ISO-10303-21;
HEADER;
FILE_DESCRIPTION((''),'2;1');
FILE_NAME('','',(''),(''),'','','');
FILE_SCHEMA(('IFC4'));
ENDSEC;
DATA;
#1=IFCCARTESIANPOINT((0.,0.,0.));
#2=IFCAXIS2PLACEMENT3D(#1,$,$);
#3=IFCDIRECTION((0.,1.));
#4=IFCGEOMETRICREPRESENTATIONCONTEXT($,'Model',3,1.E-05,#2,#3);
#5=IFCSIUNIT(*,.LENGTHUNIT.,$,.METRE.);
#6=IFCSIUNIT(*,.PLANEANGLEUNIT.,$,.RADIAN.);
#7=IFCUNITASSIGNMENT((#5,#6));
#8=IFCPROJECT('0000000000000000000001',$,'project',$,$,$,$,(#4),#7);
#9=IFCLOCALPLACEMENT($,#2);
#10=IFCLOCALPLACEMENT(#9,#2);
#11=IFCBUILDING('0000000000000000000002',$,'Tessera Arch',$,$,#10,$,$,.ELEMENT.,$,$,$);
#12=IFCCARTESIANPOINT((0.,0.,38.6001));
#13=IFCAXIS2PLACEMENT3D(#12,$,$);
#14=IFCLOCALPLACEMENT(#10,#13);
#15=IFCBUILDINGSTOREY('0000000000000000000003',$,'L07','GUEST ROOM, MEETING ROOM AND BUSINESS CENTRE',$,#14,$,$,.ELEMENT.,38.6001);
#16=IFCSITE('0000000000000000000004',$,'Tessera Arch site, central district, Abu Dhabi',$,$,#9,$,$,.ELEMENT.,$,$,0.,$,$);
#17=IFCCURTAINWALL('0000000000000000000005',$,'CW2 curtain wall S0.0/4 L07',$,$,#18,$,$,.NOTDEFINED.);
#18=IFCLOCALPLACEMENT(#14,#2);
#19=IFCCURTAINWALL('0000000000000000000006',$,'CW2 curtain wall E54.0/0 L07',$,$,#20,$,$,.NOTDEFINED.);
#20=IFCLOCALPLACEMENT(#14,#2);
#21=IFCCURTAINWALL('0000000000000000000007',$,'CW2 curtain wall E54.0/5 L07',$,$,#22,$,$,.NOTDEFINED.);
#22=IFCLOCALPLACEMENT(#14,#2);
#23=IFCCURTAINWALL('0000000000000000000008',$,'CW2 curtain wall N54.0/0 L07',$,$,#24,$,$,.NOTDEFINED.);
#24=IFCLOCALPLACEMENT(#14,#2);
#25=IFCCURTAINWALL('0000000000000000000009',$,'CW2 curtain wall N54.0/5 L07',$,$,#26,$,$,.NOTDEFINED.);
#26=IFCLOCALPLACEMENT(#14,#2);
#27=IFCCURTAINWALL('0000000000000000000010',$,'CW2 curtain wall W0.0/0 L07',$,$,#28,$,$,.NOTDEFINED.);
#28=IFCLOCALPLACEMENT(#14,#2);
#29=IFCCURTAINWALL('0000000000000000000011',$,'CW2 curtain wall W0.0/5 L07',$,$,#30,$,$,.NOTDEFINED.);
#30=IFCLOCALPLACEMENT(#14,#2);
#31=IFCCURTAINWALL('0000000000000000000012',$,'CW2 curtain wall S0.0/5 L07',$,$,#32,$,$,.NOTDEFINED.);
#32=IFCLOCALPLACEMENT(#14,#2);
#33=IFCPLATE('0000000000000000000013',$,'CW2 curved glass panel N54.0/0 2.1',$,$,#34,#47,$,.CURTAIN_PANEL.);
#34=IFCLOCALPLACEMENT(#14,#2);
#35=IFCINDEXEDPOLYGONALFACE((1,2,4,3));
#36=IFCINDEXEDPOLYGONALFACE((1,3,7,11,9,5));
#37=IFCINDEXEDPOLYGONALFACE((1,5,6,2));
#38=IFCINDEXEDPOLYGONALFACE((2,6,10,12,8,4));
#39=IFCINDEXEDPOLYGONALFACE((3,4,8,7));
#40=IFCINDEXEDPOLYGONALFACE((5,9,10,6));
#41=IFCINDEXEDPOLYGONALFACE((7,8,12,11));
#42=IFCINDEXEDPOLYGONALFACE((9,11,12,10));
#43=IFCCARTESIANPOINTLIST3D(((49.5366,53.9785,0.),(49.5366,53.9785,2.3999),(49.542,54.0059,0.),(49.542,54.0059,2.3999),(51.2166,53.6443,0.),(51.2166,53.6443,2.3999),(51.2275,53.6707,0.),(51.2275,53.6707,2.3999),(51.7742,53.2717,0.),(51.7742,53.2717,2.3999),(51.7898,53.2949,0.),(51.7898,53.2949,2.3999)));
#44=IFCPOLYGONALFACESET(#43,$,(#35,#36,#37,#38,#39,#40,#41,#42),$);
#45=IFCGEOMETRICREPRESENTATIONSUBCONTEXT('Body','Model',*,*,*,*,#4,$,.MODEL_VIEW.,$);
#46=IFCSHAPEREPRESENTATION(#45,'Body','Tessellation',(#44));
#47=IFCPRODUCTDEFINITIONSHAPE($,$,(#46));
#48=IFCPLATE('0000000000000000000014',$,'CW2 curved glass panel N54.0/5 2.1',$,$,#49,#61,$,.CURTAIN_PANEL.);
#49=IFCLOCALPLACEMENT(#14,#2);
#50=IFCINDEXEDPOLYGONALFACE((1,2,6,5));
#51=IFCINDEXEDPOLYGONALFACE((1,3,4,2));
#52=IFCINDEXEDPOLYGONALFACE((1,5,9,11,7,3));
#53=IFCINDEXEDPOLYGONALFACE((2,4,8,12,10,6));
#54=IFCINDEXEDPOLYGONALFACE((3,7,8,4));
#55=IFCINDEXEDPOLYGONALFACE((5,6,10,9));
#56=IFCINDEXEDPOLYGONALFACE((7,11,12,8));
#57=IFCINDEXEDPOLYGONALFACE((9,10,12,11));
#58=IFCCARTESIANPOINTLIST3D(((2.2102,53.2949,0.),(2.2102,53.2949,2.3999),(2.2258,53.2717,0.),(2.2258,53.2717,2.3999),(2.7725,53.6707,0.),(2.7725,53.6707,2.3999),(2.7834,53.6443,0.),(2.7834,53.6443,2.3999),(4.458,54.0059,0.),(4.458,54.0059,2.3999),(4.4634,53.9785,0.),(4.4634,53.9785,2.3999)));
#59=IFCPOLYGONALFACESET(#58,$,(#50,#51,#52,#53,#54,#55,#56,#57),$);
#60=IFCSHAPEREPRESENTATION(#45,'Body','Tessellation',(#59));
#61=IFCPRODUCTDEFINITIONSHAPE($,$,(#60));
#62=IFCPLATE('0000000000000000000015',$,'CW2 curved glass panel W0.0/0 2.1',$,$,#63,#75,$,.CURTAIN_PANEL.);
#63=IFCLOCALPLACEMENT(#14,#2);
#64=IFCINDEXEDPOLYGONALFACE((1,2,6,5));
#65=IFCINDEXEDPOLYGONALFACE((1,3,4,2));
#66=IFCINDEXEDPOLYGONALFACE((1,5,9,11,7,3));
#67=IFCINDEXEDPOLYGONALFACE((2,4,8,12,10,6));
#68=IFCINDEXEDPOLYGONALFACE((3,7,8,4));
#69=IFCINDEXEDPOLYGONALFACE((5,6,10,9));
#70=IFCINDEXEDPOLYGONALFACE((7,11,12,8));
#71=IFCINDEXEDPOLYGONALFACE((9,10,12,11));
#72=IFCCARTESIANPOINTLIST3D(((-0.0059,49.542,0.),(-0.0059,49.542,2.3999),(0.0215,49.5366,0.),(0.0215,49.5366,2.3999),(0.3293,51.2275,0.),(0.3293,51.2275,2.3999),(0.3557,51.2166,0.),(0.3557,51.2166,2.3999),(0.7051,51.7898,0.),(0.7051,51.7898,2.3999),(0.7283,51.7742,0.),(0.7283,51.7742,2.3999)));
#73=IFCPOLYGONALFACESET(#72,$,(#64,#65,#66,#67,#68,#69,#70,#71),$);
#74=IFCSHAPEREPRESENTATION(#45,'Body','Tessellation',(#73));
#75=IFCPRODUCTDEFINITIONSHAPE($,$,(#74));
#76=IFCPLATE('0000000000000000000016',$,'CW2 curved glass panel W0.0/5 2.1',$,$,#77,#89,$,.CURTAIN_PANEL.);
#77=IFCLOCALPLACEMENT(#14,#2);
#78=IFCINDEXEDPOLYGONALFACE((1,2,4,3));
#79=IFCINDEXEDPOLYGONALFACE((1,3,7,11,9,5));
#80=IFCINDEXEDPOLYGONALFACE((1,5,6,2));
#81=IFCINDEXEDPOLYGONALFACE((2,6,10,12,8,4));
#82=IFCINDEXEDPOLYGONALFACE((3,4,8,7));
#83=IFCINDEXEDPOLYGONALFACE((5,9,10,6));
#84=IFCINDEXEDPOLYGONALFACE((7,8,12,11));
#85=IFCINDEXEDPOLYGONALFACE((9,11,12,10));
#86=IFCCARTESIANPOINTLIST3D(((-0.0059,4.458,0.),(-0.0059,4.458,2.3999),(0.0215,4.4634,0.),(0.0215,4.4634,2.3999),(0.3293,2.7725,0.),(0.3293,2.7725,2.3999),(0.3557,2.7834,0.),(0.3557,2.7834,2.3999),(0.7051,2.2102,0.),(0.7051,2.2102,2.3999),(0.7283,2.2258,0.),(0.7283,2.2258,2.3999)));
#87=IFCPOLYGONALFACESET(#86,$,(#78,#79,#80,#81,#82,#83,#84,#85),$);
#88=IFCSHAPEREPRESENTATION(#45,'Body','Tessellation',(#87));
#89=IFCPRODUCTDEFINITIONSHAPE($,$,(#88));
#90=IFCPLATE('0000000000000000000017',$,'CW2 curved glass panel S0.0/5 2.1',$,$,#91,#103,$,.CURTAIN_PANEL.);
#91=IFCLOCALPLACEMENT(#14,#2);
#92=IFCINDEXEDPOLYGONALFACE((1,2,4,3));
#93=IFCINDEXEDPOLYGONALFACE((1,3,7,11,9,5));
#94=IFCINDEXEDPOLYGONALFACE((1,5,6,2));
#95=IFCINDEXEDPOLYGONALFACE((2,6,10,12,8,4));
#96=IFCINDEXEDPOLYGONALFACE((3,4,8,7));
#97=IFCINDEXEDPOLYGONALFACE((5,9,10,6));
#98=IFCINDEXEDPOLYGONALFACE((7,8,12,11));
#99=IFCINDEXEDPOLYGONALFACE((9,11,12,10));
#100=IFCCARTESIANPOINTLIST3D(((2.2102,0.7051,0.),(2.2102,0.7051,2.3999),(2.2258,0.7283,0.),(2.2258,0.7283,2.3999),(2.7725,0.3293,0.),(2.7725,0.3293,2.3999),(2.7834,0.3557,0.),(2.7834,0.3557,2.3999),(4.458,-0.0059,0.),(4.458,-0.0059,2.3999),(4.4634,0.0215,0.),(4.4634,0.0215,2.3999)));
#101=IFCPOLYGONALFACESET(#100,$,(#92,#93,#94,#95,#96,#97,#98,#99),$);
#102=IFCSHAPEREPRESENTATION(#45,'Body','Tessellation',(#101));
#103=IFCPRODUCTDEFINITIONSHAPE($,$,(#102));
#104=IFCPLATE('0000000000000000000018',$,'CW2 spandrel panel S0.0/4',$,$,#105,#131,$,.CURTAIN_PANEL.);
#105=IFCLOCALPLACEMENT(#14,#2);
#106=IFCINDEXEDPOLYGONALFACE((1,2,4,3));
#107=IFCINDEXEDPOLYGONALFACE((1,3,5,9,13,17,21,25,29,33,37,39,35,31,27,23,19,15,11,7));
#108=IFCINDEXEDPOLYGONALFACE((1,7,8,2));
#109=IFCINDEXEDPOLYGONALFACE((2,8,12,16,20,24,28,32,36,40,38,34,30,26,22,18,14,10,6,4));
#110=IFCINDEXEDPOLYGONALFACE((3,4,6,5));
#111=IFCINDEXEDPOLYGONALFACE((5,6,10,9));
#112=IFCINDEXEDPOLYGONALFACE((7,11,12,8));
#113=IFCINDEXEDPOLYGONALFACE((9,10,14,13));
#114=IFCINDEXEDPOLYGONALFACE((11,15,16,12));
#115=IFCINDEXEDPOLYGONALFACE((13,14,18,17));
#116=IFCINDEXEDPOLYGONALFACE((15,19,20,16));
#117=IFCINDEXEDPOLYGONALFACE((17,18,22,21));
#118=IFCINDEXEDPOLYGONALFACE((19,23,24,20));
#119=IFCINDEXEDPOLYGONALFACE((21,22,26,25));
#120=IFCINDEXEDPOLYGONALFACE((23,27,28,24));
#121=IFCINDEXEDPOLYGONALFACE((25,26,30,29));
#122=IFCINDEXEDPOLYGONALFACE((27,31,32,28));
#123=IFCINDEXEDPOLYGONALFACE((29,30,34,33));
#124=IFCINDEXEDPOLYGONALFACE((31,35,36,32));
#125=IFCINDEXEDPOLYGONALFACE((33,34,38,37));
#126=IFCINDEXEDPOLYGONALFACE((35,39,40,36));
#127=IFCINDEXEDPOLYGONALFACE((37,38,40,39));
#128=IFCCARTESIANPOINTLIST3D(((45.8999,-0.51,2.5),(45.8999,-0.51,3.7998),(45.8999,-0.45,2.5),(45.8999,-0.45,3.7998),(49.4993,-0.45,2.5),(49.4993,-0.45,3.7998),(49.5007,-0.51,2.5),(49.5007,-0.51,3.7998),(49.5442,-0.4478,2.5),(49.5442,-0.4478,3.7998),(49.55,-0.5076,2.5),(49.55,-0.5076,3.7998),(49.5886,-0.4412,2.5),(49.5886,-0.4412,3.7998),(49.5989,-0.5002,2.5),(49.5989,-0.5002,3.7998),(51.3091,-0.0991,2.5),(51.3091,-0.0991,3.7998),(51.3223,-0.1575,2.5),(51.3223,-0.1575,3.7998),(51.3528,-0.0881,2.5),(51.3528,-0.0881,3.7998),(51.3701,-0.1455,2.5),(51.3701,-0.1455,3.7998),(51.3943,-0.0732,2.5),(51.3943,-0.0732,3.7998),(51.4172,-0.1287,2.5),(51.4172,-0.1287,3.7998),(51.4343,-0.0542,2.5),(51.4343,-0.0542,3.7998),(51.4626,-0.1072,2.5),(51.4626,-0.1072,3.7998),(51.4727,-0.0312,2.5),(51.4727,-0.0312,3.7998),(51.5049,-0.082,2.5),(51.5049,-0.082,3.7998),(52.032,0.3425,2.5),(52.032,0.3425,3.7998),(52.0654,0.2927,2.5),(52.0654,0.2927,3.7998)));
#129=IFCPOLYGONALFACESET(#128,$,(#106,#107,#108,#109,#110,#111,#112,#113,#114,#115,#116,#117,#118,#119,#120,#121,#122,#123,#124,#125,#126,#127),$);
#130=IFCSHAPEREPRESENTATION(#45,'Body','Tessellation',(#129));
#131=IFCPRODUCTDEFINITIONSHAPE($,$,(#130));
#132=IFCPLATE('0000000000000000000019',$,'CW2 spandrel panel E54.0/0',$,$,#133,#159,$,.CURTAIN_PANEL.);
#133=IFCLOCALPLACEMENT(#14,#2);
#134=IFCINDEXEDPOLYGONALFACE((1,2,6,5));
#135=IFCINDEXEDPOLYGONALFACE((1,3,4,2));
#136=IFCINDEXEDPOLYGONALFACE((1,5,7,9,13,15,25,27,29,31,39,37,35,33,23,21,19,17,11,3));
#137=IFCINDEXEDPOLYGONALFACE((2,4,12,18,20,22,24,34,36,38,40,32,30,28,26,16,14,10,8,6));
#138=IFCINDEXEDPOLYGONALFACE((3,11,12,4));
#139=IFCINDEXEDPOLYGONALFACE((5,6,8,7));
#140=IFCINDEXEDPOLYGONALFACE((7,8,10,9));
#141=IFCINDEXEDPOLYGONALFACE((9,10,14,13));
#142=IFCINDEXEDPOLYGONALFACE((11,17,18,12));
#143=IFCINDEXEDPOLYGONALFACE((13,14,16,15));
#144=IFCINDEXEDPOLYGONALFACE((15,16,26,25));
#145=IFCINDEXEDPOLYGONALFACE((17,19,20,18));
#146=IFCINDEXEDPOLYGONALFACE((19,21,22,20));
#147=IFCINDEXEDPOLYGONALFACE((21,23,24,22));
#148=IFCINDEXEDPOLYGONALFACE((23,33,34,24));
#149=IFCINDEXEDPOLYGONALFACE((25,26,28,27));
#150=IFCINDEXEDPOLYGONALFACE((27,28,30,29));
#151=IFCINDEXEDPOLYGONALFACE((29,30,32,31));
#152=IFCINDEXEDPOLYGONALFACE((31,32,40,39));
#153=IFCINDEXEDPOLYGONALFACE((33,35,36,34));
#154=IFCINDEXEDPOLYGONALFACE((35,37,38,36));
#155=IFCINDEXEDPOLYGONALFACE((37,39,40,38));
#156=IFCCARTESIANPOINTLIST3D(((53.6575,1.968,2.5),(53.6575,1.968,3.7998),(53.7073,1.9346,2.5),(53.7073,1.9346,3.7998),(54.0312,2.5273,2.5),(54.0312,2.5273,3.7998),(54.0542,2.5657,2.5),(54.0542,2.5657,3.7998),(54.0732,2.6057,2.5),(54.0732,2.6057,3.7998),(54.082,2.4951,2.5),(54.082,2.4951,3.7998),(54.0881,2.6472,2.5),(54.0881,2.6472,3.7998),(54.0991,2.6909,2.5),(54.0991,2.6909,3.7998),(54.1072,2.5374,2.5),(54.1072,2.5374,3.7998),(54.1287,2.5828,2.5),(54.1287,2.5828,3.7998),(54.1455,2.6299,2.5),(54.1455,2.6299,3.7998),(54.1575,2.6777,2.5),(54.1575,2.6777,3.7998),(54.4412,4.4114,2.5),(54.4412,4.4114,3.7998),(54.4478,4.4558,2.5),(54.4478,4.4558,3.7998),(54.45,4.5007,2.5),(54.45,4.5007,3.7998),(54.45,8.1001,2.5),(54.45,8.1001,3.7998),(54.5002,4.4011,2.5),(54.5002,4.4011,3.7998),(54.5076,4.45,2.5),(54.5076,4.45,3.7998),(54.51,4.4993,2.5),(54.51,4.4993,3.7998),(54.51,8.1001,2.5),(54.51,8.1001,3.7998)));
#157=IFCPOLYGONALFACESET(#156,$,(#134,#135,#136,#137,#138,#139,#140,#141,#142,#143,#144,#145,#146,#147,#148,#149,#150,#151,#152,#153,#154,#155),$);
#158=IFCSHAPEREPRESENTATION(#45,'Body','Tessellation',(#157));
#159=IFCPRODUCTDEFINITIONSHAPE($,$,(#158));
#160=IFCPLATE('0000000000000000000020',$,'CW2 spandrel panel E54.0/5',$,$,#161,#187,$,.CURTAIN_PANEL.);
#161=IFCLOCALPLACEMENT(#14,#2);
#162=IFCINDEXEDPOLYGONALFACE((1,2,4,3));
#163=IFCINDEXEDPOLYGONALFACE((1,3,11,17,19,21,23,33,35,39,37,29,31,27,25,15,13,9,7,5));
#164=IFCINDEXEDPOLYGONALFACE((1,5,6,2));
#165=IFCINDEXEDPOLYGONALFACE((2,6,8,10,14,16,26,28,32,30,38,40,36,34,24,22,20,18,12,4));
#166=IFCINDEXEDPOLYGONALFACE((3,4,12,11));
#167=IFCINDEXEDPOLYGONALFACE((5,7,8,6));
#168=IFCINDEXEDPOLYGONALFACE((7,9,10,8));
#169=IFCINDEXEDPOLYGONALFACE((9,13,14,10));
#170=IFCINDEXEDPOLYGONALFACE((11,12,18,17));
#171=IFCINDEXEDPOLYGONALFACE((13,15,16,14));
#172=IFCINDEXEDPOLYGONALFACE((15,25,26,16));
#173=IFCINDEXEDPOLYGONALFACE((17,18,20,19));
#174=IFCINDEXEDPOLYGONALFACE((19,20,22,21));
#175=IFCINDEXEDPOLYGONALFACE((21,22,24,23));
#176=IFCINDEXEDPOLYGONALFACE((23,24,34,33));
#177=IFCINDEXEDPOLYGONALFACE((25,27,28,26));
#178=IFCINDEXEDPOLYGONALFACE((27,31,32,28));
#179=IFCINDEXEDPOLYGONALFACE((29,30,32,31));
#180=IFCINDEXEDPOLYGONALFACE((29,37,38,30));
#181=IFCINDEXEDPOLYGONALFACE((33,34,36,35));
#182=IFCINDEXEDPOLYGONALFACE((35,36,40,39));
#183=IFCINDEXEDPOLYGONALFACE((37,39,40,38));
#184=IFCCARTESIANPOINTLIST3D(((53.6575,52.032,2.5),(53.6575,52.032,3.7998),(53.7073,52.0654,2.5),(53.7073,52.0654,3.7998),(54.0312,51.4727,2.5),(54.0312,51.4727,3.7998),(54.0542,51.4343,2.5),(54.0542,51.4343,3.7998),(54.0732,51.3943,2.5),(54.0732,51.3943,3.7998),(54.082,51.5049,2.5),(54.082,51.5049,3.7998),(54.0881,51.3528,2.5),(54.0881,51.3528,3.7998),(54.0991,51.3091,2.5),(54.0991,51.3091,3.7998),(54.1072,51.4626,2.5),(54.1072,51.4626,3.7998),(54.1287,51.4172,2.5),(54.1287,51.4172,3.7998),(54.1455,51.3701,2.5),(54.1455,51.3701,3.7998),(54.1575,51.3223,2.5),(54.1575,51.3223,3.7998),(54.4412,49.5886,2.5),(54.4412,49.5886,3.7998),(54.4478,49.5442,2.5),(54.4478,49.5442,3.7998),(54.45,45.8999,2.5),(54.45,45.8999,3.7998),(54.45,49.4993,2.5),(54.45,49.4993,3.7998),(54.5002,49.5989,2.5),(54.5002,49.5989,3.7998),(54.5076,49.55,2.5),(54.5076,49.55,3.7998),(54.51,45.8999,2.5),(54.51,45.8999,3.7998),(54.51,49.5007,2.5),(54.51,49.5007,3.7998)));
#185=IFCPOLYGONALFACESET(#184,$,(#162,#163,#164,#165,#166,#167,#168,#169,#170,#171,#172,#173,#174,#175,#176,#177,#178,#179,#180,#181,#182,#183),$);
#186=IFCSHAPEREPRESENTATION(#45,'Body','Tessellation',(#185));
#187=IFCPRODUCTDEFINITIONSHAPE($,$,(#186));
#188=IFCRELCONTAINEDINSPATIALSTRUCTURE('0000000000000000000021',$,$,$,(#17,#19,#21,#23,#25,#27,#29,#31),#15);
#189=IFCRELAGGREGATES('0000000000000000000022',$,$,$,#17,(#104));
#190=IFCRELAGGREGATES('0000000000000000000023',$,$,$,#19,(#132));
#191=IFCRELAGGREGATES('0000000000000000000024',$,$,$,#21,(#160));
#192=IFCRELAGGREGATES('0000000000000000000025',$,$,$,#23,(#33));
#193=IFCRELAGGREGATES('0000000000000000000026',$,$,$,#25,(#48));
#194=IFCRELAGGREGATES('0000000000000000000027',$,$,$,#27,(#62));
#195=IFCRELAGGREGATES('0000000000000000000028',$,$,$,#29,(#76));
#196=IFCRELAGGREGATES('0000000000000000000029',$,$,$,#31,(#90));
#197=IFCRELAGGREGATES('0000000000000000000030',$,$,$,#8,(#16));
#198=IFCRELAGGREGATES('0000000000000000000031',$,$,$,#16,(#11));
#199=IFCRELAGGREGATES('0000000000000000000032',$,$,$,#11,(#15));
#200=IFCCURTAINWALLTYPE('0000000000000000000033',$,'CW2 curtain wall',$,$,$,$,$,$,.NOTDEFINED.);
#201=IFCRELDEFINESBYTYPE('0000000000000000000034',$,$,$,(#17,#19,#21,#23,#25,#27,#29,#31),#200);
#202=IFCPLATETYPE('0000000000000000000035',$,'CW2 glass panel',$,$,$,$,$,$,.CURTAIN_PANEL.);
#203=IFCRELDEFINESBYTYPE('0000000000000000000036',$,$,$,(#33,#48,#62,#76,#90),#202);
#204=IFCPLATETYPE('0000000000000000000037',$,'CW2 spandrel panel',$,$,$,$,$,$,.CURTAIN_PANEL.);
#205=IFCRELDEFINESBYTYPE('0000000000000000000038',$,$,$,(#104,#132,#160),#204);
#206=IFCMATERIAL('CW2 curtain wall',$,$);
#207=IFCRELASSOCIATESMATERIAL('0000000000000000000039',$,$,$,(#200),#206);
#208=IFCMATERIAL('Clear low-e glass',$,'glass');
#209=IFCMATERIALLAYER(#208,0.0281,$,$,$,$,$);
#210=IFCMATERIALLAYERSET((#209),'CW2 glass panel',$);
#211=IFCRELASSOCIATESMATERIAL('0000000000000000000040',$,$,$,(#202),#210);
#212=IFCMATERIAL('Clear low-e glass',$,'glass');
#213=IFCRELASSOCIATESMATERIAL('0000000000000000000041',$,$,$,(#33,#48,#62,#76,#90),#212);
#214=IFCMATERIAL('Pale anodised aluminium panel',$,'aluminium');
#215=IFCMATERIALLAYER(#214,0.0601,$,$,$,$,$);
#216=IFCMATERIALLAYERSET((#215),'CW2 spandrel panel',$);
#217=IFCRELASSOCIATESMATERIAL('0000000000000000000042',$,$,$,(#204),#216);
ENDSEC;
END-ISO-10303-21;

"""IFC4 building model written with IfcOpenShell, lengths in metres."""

from ifc_helpers import new_model, si_unit, direction, frame, origin, place, context, subcontext, project, spatial, polyline, outline, extrude, material, layer, layer_set, type_object, element, aggregate, save


model = new_model("IFC4")

# Units and contexts
model_context = context("Model", 3, precision=1e-05, world=origin(), true_north=direction((0.0, 1.0)))
body_context = subcontext(model_context, "Body", "Model", "MODEL_VIEW")
ifc_project = project(units=[si_unit("LENGTHUNIT", "METRE"), si_unit("PLANEANGLEUNIT", "RADIAN")], contexts=[model_context])

# Site, building, storey
site_placement = place(None, origin())
site = spatial("IfcSite", under=ifc_project, at=site_placement, Name="Tessera Arch site, central district, Abu Dhabi", CompositionType="ELEMENT", RefElevation=0.0)
building_placement = place(site_placement, origin())
building = spatial("IfcBuilding", under=site, at=building_placement, Name="Tessera Arch", CompositionType="ELEMENT")
storey_placement = place(building_placement, frame((0.0, 0.0, 38.6001)))
storey = spatial("IfcBuildingStorey", under=building, at=storey_placement, Name="L07", Description="GUEST ROOM, MEETING ROOM AND BUSINESS CENTRE", CompositionType="ELEMENT", Elevation=38.6001)

# Curtain walls
ifc_material_1 = material(Name="CW2 curtain wall")
curtain_wall_type = type_object("IfcCurtainWallType", Name="CW2 curtain wall", PredefinedType="NOTDEFINED", material=ifc_material_1)
curtain_wall_1_placement = place(storey_placement, origin())
curtain_wall_1 = element("IfcCurtainWall", 1, at=curtain_wall_1_placement, inside=storey, type_object=curtain_wall_type, Name="CW2 curtain wall S0.0/4 L07", PredefinedType="NOTDEFINED")
curtain_wall_2_placement = place(storey_placement, origin())
curtain_wall_2 = element("IfcCurtainWall", 2, at=curtain_wall_2_placement, inside=storey, type_object=curtain_wall_type, Name="CW2 curtain wall E54.0/0 L07", PredefinedType="NOTDEFINED")
curtain_wall_3_placement = place(storey_placement, origin())
curtain_wall_3 = element("IfcCurtainWall", 3, at=curtain_wall_3_placement, inside=storey, type_object=curtain_wall_type, Name="CW2 curtain wall E54.0/5 L07", PredefinedType="NOTDEFINED")
curtain_wall_4_placement = place(storey_placement, origin())
curtain_wall_4 = element("IfcCurtainWall", 4, at=curtain_wall_4_placement, inside=storey, type_object=curtain_wall_type, Name="CW2 curtain wall N54.0/0 L07", PredefinedType="NOTDEFINED")
curtain_wall_5_placement = place(storey_placement, origin())
curtain_wall_5 = element("IfcCurtainWall", 5, at=curtain_wall_5_placement, inside=storey, type_object=curtain_wall_type, Name="CW2 curtain wall N54.0/5 L07", PredefinedType="NOTDEFINED")
curtain_wall_6_placement = place(storey_placement, origin())
curtain_wall_6 = element("IfcCurtainWall", 6, at=curtain_wall_6_placement, inside=storey, type_object=curtain_wall_type, Name="CW2 curtain wall W0.0/0 L07", PredefinedType="NOTDEFINED")
curtain_wall_7_placement = place(storey_placement, origin())
curtain_wall_7 = element("IfcCurtainWall", 7, at=curtain_wall_7_placement, inside=storey, type_object=curtain_wall_type, Name="CW2 curtain wall W0.0/5 L07", PredefinedType="NOTDEFINED")
curtain_wall_8_placement = place(storey_placement, origin())
curtain_wall_8 = element("IfcCurtainWall", 8, at=curtain_wall_8_placement, inside=storey, type_object=curtain_wall_type, Name="CW2 curtain wall S0.0/5 L07", PredefinedType="NOTDEFINED")

# Plates
ifc_material_2 = material(Name="Clear low-e glass", Category="glass")
ifc_material_3 = material(Name="Clear low-e glass", Category="glass")
ifc_layer_1 = layer(ifc_material_3, 0.0281)
ifc_layer_set_1 = layer_set([ifc_layer_1], Name="CW2 glass panel")
plate_type_1 = type_object("IfcPlateType", Name="CW2 glass panel", PredefinedType="CURTAIN_PANEL", material=ifc_layer_set_1)
plate_1_placement = place(storey_placement, origin())
plate_1 = element("IfcPlate", 9, at=plate_1_placement, type_object=plate_type_1, material=ifc_material_2, Name="CW2 curved glass panel N54.0/0 2.1", PredefinedType="CURTAIN_PANEL", context=body_context, shape_type="SweptSolid", body=[
    extrude(outline(polyline([(51.2166, 53.6443), (51.7742, 53.2717), (51.7898, 53.2949), (51.2275, 53.6707), (49.542, 54.0059), (49.5366, 53.9785), (51.2166, 53.6443)])), origin(), (0.0, 0.0, 1.0), 2.3999),
])
plate_2_placement = place(storey_placement, origin())
plate_2 = element("IfcPlate", 10, at=plate_2_placement, type_object=plate_type_1, material=ifc_material_2, Name="CW2 curved glass panel N54.0/5 2.1", PredefinedType="CURTAIN_PANEL", context=body_context, shape_type="SweptSolid", body=[
    extrude(outline(polyline([(2.7834, 53.6443), (4.4634, 53.9785), (4.458, 54.0059), (2.7725, 53.6707), (2.2102, 53.2949), (2.2258, 53.2717), (2.7834, 53.6443)])), origin(), (0.0, 0.0, 1.0), 2.3999),
])
plate_3_placement = place(storey_placement, origin())
plate_3 = element("IfcPlate", 11, at=plate_3_placement, type_object=plate_type_1, material=ifc_material_2, Name="CW2 curved glass panel W0.0/0 2.1", PredefinedType="CURTAIN_PANEL", context=body_context, shape_type="SweptSolid", body=[
    extrude(outline(polyline([(0.3557, 51.2166), (0.7283, 51.7742), (0.7051, 51.7898), (0.3293, 51.2275), (-0.0059, 49.542), (0.0215, 49.5366), (0.3557, 51.2166)])), origin(), (0.0, 0.0, 1.0), 2.3999),
])
plate_4_placement = place(storey_placement, origin())
plate_4 = element("IfcPlate", 12, at=plate_4_placement, type_object=plate_type_1, material=ifc_material_2, Name="CW2 curved glass panel W0.0/5 2.1", PredefinedType="CURTAIN_PANEL", context=body_context, shape_type="SweptSolid", body=[
    extrude(outline(polyline([(0.3557, 2.7834), (0.0215, 4.4634), (-0.0059, 4.458), (0.3293, 2.7725), (0.7051, 2.2102), (0.7283, 2.2258), (0.3557, 2.7834)])), origin(), (0.0, 0.0, 1.0), 2.3999),
])
plate_5_placement = place(storey_placement, origin())
plate_5 = element("IfcPlate", 13, at=plate_5_placement, type_object=plate_type_1, material=ifc_material_2, Name="CW2 curved glass panel S0.0/5 2.1", PredefinedType="CURTAIN_PANEL", context=body_context, shape_type="SweptSolid", body=[
    extrude(outline(polyline([(2.7834, 0.3557), (2.2258, 0.7283), (2.2102, 0.7051), (2.7725, 0.3293), (4.458, -0.0059), (4.4634, 0.0215), (2.7834, 0.3557)])), origin(), (0.0, 0.0, 1.0), 2.3999),
])
ifc_material_4 = material(Name="Pale anodised aluminium panel", Category="aluminium")
ifc_layer_2 = layer(ifc_material_4, 0.0601)
ifc_layer_set_2 = layer_set([ifc_layer_2], Name="CW2 spandrel panel")
plate_type_2 = type_object("IfcPlateType", Name="CW2 spandrel panel", PredefinedType="CURTAIN_PANEL", material=ifc_layer_set_2)
plate_6_placement = place(storey_placement, frame((0.0, 0.0, 2.5)))
plate_6 = element("IfcPlate", 14, at=plate_6_placement, type_object=plate_type_2, Name="CW2 spandrel panel S0.0/4", PredefinedType="CURTAIN_PANEL", context=body_context, shape_type="SweptSolid", body=[
    extrude(outline(polyline([(49.4993, -0.45), (45.8999, -0.45), (45.8999, -0.51), (49.5007, -0.51), (49.55, -0.5076), (49.5989, -0.5002), (51.3223, -0.1575), (51.3701, -0.1455), (51.4172, -0.1287), (51.4626, -0.1072), (51.5049, -0.082), (52.0654, 0.2927), (52.032, 0.3425), (51.4727, -0.0312), (51.4343, -0.0542), (51.3943, -0.0732), (51.3528, -0.0881), (51.3091, -0.0991), (49.5886, -0.4412), (49.5442, -0.4478), (49.4993, -0.45)])), origin(), (0.0, 0.0, 1.0), 1.2998),
])
aggregate(curtain_wall_1, [plate_6])
plate_7_placement = place(storey_placement, frame((0.0, 0.0, 2.5)))
plate_7 = element("IfcPlate", 15, at=plate_7_placement, type_object=plate_type_2, Name="CW2 spandrel panel E54.0/0", PredefinedType="CURTAIN_PANEL", context=body_context, shape_type="SweptSolid", body=[
    extrude(outline(polyline([(54.0312, 2.5273), (53.6575, 1.968), (53.7073, 1.9346), (54.082, 2.4951), (54.1072, 2.5374), (54.1287, 2.5828), (54.1455, 2.6299), (54.1575, 2.6777), (54.5002, 4.4011), (54.5076, 4.45), (54.51, 4.4993), (54.51, 8.1001), (54.45, 8.1001), (54.45, 4.5007), (54.4478, 4.4558), (54.4412, 4.4114), (54.0991, 2.6909), (54.0881, 2.6472), (54.0732, 2.6057), (54.0542, 2.5657), (54.0312, 2.5273)])), origin(), (0.0, 0.0, 1.0), 1.2998),
])
aggregate(curtain_wall_2, [plate_7])
plate_8_placement = place(storey_placement, frame((0.0, 0.0, 2.5)))
plate_8 = element("IfcPlate", 16, at=plate_8_placement, type_object=plate_type_2, Name="CW2 spandrel panel E54.0/5", PredefinedType="CURTAIN_PANEL", context=body_context, shape_type="SweptSolid", body=[
    extrude(outline(polyline([(54.45, 49.4993), (54.45, 45.8999), (54.51, 45.8999), (54.51, 49.5007), (54.5076, 49.55), (54.5002, 49.5989), (54.1575, 51.3223), (54.1455, 51.3701), (54.1287, 51.4172), (54.1072, 51.4626), (54.082, 51.5049), (53.7073, 52.0654), (53.6575, 52.032), (54.0312, 51.4727), (54.0542, 51.4343), (54.0732, 51.3943), (54.0881, 51.3528), (54.0991, 51.3091), (54.4412, 49.5886), (54.4478, 49.5442), (54.45, 49.4993)])), origin(), (0.0, 0.0, 1.0), 1.2998),
])
aggregate(curtain_wall_3, [plate_8])
aggregate(curtain_wall_4, [plate_1])
aggregate(curtain_wall_5, [plate_2])
aggregate(curtain_wall_6, [plate_3])
aggregate(curtain_wall_7, [plate_4])
aggregate(curtain_wall_8, [plate_5])

save(model, "model.ifc")
